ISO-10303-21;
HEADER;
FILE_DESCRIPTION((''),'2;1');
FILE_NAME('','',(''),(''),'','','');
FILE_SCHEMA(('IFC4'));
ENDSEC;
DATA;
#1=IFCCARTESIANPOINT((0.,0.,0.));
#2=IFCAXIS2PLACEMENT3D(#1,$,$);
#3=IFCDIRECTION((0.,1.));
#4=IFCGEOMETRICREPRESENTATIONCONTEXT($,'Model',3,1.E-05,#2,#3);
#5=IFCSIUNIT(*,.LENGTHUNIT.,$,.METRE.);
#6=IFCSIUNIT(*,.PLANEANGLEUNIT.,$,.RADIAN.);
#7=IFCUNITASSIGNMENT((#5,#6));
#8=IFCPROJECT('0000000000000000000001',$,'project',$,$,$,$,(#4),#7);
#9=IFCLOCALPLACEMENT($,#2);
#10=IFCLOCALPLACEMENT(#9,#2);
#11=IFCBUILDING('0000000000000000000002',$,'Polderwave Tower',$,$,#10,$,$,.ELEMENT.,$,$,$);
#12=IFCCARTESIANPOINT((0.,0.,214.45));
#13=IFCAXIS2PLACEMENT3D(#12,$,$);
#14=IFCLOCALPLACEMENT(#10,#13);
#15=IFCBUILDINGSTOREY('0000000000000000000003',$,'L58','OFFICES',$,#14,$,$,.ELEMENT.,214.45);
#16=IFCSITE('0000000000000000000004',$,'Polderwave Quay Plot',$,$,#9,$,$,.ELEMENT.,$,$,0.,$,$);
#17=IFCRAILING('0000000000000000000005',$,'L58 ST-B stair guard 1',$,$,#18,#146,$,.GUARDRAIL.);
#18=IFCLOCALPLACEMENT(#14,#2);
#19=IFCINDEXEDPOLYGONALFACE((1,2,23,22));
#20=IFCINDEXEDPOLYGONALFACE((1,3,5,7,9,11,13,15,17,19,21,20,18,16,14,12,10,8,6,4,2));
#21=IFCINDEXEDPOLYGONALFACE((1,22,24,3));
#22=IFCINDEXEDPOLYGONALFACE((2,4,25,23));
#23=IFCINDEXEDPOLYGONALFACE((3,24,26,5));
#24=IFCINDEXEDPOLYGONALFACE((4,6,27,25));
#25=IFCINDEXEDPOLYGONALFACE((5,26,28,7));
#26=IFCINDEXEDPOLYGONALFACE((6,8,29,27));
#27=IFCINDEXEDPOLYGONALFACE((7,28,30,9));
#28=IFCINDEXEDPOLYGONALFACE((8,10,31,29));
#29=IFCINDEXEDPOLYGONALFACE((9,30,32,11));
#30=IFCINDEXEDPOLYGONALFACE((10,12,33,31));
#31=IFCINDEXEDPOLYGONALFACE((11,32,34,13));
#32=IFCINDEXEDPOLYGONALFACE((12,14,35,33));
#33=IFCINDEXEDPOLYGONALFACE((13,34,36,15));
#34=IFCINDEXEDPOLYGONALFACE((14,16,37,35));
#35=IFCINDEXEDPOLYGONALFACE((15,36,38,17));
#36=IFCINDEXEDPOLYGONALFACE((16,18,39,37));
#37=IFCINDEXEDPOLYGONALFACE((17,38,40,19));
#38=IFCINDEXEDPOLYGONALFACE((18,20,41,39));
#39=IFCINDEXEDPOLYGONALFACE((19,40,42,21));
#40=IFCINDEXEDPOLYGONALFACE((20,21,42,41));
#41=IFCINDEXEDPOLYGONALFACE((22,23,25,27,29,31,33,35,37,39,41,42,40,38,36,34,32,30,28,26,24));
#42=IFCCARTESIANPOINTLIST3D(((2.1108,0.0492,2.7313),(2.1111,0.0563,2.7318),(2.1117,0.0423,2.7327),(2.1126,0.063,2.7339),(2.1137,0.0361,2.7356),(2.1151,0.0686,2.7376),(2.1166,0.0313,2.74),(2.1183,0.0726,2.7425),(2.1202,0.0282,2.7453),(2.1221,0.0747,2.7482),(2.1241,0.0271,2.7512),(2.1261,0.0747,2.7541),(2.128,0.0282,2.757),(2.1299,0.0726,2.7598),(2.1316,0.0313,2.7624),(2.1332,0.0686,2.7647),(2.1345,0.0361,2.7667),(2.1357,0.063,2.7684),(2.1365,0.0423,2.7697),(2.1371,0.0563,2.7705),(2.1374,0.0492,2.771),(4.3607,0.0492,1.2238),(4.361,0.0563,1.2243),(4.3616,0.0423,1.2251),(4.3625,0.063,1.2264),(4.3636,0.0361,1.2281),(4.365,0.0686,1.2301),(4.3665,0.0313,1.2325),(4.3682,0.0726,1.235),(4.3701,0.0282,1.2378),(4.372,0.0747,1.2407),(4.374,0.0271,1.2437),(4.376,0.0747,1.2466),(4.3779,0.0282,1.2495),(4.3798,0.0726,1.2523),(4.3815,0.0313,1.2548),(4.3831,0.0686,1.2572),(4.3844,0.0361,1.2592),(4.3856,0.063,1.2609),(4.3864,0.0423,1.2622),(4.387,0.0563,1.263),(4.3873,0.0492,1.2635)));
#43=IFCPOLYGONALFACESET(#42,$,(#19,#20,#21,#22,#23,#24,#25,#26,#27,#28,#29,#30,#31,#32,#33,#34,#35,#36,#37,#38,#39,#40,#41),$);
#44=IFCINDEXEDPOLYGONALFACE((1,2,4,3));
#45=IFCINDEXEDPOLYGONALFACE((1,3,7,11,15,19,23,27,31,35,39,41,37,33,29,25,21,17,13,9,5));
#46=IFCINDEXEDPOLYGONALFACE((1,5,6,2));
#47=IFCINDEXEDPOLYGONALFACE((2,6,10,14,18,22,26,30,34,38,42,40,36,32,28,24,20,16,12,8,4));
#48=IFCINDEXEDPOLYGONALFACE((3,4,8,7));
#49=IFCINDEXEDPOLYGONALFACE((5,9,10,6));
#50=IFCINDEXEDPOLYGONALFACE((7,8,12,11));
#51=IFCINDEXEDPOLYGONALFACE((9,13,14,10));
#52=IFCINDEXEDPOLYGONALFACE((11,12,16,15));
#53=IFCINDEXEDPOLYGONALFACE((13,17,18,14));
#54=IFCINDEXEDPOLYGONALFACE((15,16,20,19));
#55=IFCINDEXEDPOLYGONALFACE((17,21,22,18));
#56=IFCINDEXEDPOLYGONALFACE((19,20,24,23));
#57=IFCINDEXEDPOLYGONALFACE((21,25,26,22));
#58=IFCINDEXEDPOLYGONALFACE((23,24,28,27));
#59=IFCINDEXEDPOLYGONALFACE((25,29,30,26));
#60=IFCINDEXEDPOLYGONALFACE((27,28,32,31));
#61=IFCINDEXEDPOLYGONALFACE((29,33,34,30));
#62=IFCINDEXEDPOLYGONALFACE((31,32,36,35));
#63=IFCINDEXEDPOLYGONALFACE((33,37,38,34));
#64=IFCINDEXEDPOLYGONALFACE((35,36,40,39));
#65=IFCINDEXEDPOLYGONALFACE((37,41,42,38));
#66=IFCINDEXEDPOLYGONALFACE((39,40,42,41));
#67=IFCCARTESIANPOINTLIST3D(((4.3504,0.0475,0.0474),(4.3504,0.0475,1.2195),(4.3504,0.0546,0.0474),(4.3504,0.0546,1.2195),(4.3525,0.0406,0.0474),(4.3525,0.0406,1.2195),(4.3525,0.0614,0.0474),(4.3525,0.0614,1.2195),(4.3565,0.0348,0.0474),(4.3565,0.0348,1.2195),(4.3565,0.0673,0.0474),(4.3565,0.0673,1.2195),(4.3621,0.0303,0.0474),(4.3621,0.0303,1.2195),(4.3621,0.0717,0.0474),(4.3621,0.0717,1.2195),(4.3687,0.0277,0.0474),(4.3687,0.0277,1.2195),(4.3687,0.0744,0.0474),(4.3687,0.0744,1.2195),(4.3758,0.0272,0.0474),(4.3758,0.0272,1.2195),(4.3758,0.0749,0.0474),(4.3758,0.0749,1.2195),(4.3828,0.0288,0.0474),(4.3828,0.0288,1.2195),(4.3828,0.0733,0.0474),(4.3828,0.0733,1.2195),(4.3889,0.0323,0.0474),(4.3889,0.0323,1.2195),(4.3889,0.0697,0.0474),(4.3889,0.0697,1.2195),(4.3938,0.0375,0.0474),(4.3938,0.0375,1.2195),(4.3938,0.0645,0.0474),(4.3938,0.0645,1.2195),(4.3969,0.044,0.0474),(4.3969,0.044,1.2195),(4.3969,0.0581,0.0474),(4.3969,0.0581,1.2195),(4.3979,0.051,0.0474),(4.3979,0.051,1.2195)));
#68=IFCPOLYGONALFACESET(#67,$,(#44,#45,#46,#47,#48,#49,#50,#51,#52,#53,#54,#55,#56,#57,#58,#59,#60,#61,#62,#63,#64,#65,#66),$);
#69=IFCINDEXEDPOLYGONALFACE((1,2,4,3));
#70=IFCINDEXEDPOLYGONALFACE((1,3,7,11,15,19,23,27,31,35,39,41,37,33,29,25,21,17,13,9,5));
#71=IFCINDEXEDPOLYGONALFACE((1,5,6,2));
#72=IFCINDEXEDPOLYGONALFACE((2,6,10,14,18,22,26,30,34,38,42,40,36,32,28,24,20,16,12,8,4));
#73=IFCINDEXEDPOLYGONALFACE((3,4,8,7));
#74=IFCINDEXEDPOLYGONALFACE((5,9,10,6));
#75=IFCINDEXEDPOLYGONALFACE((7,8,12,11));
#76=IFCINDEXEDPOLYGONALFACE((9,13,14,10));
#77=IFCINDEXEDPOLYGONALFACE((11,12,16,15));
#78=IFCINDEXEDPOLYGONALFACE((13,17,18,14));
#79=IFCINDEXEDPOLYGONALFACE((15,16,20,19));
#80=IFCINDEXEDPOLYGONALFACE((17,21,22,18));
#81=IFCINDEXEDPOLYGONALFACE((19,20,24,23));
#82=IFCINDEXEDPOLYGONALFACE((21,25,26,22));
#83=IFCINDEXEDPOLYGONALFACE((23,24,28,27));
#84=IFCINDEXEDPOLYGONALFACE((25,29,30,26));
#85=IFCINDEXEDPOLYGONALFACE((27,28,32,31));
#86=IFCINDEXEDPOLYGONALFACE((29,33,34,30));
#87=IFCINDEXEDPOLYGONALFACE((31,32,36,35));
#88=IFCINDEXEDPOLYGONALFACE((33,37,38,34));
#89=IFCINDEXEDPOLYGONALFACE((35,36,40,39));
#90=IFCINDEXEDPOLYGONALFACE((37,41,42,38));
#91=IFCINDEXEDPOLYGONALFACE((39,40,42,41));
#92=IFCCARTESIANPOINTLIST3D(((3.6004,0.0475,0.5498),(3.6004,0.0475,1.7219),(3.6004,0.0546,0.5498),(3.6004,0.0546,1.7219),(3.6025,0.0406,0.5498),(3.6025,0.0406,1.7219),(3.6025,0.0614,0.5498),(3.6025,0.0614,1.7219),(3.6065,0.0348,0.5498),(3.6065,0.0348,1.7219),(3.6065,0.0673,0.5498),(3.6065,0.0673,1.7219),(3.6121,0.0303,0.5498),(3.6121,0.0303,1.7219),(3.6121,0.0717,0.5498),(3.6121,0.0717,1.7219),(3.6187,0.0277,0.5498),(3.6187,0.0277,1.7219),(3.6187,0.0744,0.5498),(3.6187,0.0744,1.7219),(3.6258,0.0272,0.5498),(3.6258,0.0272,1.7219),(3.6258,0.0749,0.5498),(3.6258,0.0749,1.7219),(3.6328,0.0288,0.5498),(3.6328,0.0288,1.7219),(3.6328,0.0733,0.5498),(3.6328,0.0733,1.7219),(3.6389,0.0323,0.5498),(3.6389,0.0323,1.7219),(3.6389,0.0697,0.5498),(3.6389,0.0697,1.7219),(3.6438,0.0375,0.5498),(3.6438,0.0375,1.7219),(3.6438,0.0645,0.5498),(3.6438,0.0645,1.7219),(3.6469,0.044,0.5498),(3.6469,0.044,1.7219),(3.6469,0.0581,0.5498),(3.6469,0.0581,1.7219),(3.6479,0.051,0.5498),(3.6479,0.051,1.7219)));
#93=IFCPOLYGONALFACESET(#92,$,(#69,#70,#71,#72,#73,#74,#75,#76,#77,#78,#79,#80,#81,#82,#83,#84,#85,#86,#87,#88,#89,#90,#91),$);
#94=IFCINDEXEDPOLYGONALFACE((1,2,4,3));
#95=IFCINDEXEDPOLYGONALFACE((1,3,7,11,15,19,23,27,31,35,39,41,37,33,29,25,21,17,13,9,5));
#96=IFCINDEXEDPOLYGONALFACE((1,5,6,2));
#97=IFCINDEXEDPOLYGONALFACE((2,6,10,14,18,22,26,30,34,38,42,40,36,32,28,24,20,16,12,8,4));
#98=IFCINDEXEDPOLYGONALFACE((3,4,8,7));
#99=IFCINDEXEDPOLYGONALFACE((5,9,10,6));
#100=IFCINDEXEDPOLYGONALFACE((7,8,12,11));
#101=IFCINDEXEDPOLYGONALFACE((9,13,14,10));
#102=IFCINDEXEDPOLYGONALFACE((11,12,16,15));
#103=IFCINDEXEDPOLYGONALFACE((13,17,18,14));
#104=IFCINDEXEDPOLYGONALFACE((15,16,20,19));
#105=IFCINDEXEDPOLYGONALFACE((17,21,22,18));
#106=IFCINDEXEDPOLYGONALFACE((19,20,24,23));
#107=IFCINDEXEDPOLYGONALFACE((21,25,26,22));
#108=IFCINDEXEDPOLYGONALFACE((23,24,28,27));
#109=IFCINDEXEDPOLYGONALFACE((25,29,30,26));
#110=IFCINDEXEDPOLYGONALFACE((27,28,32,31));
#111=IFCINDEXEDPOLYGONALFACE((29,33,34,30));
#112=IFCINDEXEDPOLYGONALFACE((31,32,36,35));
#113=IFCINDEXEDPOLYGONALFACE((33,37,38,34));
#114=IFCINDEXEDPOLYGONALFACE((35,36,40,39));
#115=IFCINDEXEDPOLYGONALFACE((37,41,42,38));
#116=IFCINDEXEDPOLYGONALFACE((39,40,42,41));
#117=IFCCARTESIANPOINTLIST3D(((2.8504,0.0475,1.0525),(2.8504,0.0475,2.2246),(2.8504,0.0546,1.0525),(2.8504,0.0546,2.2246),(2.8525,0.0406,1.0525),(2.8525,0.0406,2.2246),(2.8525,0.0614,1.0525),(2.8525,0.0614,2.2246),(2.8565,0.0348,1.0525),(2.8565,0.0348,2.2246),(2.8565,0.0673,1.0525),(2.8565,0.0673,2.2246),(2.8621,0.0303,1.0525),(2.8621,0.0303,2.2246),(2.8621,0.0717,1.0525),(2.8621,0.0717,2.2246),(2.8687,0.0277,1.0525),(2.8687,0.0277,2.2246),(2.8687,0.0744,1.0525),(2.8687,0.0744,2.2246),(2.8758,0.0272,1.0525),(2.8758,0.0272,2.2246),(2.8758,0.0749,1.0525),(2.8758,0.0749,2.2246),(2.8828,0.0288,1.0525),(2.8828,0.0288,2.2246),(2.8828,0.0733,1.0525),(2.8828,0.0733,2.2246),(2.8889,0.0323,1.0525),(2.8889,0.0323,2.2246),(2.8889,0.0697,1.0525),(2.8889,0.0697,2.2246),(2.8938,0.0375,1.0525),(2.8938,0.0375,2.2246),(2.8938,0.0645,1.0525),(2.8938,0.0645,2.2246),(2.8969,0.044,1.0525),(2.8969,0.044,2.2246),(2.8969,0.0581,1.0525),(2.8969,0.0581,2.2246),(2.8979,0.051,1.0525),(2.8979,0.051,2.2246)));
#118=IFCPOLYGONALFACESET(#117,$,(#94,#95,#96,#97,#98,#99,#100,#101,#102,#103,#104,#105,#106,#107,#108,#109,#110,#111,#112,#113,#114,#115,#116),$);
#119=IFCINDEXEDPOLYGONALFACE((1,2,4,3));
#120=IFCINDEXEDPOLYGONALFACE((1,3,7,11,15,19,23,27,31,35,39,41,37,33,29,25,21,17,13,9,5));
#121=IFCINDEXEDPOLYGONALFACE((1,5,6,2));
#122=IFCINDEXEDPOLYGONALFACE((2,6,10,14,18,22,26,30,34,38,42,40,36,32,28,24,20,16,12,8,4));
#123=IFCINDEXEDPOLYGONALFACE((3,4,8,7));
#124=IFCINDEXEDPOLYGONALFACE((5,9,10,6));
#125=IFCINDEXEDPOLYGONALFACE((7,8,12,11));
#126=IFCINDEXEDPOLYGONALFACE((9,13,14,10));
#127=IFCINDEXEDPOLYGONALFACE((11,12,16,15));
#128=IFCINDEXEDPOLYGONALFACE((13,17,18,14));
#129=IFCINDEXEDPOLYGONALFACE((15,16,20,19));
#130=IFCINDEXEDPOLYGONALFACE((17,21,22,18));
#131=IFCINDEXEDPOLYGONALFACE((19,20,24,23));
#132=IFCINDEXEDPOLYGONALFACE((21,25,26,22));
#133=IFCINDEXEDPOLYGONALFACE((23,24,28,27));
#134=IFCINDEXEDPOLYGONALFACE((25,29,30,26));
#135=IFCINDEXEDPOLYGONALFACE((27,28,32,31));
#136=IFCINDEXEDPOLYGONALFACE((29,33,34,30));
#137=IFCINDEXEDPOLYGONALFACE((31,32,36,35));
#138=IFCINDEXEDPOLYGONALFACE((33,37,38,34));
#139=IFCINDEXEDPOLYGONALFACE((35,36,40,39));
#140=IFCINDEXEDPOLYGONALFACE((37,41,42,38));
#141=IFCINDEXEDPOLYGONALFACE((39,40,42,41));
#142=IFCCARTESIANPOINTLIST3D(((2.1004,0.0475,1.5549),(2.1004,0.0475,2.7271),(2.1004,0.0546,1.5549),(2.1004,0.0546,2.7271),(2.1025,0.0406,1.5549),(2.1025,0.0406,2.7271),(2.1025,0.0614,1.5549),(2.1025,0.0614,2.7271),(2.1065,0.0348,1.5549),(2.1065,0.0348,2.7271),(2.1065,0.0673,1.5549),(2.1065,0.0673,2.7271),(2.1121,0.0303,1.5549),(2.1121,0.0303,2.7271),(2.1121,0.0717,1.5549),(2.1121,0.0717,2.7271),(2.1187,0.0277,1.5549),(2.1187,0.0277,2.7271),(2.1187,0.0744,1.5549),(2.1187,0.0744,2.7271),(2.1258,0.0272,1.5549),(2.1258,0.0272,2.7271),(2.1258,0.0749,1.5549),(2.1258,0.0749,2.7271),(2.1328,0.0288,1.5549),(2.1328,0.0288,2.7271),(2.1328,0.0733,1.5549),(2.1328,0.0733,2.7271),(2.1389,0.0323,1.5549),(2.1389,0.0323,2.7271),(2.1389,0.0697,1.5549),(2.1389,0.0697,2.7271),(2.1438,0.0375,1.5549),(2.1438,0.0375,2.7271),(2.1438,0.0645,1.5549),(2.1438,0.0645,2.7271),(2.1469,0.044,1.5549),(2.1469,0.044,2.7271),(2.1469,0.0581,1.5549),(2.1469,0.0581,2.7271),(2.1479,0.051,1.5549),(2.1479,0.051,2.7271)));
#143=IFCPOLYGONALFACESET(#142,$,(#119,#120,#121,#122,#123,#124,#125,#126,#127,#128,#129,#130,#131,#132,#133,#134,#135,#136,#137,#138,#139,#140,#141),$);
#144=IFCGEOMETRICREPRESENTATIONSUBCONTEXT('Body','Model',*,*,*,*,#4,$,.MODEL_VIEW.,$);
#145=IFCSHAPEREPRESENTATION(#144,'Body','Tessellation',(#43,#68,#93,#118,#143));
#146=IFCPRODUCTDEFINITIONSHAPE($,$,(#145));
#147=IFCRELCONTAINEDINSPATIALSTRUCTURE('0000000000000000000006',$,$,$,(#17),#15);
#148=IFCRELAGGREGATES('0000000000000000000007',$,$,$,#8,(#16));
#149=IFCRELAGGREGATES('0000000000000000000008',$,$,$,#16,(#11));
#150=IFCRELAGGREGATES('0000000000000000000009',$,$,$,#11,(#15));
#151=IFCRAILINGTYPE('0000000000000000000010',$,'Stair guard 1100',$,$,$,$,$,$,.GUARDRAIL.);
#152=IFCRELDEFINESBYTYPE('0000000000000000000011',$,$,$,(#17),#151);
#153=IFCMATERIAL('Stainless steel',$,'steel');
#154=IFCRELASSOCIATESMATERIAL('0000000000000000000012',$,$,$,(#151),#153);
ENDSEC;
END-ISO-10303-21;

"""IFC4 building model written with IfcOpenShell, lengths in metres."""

from ifc_helpers import new_model, si_unit, direction, frame, origin, origin_2d, place, context, subcontext, project, spatial, circle, extrude, material, type_object, element, save


model = new_model("IFC4")

# Units and contexts
model_context = context("Model", 3, precision=1e-05, world=origin(), true_north=direction((0.0, 1.0)))
body_context = subcontext(model_context, "Body", "Model", "MODEL_VIEW")
ifc_project = project(units=[si_unit("LENGTHUNIT", "METRE"), si_unit("PLANEANGLEUNIT", "RADIAN")], contexts=[model_context])

# Site, building, storey
site_placement = place(None, origin())
site = spatial("IfcSite", under=ifc_project, at=site_placement, Name="Polderwave Quay Plot", CompositionType="ELEMENT", RefElevation=0.0)
building_placement = place(site_placement, origin())
building = spatial("IfcBuilding", under=site, at=building_placement, Name="Polderwave Tower", CompositionType="ELEMENT")
storey_placement = place(building_placement, frame((0.0, 0.0, 214.45)))
storey = spatial("IfcBuildingStorey", under=building, at=storey_placement, Name="L58", Description="OFFICES", CompositionType="ELEMENT", Elevation=214.45)

# Railing
ifc_material_1 = material(Name="Stainless steel", Category="steel")
railing_type_1 = type_object("IfcRailingType", Name="Stair guard 1100", PredefinedType="GUARDRAIL", material=ifc_material_1)
railing_1_placement = place(storey_placement, frame((4.374, 0.051, 0.0474)))
element("IfcRailing", 1, at=railing_1_placement, inside=storey, type_object=railing_type_1, Name="L58 ST-B stair guard 1", PredefinedType="GUARDRAIL", context=body_context, shape_type="SweptSolid", body=[
    extrude(circle(Radius=0.0239, at=origin_2d()), frame((0.0, 0.0, 1.1963), z_axis=(-0.830758, 0.0, 0.556633), x_axis=(0.0, -1.0, 0.0)), (0.0, 0.0, 1.0), 2.7083),
    extrude(circle(Radius=0.0239, at=origin_2d()), origin(), (0.0, 0.0, 1.0), 1.1721),
    extrude(circle(Radius=0.0239, at=origin_2d()), frame((-0.75, 0.0, 0.5024)), (0.0, 0.0, 1.0), 1.1721),
    extrude(circle(Radius=0.0239, at=origin_2d()), frame((-1.5, 0.0, 1.0051)), (0.0, 0.0, 1.0), 1.1721),
    extrude(circle(Radius=0.0239, at=origin_2d()), frame((-2.25, 0.0, 1.5076)), (0.0, 0.0, 1.0), 1.1721),
])

save(model, "model.ifc")
